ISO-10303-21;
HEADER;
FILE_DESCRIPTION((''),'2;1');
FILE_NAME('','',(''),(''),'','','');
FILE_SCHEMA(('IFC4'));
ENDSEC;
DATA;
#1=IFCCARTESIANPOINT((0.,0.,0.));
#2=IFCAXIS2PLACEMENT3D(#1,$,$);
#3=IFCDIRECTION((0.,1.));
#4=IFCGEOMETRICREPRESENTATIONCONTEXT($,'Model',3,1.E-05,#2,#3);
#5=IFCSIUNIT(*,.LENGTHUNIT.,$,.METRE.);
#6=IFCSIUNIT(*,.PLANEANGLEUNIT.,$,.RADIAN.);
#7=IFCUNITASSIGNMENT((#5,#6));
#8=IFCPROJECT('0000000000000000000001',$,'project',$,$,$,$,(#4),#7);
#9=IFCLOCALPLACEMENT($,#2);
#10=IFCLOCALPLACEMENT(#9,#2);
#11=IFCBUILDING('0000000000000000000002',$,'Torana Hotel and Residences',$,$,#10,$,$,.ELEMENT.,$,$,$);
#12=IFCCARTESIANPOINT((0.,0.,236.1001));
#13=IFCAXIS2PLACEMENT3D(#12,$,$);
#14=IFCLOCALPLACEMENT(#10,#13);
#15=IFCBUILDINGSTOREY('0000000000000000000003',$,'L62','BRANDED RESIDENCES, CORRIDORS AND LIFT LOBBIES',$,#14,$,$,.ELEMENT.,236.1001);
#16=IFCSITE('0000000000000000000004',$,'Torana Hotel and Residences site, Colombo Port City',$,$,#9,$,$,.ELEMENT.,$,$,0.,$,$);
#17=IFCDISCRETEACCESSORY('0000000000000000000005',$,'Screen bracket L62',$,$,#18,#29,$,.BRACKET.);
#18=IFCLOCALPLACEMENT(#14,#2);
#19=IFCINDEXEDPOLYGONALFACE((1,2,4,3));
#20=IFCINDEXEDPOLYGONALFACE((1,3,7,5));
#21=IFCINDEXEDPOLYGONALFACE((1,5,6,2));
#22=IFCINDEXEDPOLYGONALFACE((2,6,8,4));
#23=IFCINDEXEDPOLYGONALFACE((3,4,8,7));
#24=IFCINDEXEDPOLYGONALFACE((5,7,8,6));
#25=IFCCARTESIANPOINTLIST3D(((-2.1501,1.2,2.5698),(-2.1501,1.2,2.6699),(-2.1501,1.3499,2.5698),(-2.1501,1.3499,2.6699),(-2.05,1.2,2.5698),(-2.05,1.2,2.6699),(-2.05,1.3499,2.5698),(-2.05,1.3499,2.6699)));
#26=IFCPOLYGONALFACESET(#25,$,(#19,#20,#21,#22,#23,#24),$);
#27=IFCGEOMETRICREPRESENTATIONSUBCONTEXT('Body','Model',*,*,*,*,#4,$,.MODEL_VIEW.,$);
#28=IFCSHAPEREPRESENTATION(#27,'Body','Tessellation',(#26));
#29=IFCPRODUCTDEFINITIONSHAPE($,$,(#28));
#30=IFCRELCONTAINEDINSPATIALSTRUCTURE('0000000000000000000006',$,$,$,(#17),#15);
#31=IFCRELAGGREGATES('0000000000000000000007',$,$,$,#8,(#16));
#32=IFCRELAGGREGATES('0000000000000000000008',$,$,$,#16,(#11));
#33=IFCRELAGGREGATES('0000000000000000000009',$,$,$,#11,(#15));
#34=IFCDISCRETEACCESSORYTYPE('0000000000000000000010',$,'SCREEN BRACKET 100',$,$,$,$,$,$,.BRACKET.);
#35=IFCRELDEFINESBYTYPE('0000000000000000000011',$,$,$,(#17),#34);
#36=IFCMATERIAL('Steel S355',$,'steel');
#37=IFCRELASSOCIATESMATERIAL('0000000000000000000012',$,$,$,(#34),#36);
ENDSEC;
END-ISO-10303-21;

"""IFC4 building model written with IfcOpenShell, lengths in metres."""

from ifc_helpers import new_model, si_unit, direction, frame, origin, origin_2d, place, context, subcontext, project, spatial, rectangle, extrude, material, type_object, element, save


model = new_model("IFC4")

# Units and contexts
model_context = context("Model", 3, precision=1e-05, world=origin(), true_north=direction((0.0, 1.0)))
body_context = subcontext(model_context, "Body", "Model", "MODEL_VIEW")
ifc_project = project(units=[si_unit("LENGTHUNIT", "METRE"), si_unit("PLANEANGLEUNIT", "RADIAN")], contexts=[model_context])

# Site, building, storey
site_placement = place(None, origin())
site = spatial("IfcSite", under=ifc_project, at=site_placement, Name="Torana Hotel and Residences site, Colombo Port City", CompositionType="ELEMENT", RefElevation=0.0)
building_placement = place(site_placement, origin())
building = spatial("IfcBuilding", under=site, at=building_placement, Name="Torana Hotel and Residences", CompositionType="ELEMENT")
storey_placement = place(building_placement, frame((0.0, 0.0, 236.1001)))
storey = spatial("IfcBuildingStorey", under=building, at=storey_placement, Name="L62", Description="BRANDED RESIDENCES, CORRIDORS AND LIFT LOBBIES", CompositionType="ELEMENT", Elevation=236.1001)

# Discrete accessory
ifc_material_1 = material(Name="Steel S355", Category="steel")
discrete_accessory_type = type_object("IfcDiscreteAccessoryType", Name="SCREEN BRACKET 100", PredefinedType="BRACKET", material=ifc_material_1)
for number, where, z_axis, x_axis, name in (
    (1, (-2.1001, 1.2749, 2.5698), (0.0, 0.0, 1.0), (-1.0, 0.0, 0.0), "Screen bracket L62"),
):
    element("IfcDiscreteAccessory", number, at=place(storey_placement, frame(where, z_axis=z_axis, x_axis=x_axis)), inside=storey, type_object=discrete_accessory_type, Name=name, PredefinedType="BRACKET", context=body_context, shape_type="SweptSolid", body=[
        extrude(rectangle(XDim=0.1001, YDim=0.1499, at=origin_2d()), origin(), (0.0, 0.0, 1.0), 0.1001),
    ])

save(model, "model.ifc")
